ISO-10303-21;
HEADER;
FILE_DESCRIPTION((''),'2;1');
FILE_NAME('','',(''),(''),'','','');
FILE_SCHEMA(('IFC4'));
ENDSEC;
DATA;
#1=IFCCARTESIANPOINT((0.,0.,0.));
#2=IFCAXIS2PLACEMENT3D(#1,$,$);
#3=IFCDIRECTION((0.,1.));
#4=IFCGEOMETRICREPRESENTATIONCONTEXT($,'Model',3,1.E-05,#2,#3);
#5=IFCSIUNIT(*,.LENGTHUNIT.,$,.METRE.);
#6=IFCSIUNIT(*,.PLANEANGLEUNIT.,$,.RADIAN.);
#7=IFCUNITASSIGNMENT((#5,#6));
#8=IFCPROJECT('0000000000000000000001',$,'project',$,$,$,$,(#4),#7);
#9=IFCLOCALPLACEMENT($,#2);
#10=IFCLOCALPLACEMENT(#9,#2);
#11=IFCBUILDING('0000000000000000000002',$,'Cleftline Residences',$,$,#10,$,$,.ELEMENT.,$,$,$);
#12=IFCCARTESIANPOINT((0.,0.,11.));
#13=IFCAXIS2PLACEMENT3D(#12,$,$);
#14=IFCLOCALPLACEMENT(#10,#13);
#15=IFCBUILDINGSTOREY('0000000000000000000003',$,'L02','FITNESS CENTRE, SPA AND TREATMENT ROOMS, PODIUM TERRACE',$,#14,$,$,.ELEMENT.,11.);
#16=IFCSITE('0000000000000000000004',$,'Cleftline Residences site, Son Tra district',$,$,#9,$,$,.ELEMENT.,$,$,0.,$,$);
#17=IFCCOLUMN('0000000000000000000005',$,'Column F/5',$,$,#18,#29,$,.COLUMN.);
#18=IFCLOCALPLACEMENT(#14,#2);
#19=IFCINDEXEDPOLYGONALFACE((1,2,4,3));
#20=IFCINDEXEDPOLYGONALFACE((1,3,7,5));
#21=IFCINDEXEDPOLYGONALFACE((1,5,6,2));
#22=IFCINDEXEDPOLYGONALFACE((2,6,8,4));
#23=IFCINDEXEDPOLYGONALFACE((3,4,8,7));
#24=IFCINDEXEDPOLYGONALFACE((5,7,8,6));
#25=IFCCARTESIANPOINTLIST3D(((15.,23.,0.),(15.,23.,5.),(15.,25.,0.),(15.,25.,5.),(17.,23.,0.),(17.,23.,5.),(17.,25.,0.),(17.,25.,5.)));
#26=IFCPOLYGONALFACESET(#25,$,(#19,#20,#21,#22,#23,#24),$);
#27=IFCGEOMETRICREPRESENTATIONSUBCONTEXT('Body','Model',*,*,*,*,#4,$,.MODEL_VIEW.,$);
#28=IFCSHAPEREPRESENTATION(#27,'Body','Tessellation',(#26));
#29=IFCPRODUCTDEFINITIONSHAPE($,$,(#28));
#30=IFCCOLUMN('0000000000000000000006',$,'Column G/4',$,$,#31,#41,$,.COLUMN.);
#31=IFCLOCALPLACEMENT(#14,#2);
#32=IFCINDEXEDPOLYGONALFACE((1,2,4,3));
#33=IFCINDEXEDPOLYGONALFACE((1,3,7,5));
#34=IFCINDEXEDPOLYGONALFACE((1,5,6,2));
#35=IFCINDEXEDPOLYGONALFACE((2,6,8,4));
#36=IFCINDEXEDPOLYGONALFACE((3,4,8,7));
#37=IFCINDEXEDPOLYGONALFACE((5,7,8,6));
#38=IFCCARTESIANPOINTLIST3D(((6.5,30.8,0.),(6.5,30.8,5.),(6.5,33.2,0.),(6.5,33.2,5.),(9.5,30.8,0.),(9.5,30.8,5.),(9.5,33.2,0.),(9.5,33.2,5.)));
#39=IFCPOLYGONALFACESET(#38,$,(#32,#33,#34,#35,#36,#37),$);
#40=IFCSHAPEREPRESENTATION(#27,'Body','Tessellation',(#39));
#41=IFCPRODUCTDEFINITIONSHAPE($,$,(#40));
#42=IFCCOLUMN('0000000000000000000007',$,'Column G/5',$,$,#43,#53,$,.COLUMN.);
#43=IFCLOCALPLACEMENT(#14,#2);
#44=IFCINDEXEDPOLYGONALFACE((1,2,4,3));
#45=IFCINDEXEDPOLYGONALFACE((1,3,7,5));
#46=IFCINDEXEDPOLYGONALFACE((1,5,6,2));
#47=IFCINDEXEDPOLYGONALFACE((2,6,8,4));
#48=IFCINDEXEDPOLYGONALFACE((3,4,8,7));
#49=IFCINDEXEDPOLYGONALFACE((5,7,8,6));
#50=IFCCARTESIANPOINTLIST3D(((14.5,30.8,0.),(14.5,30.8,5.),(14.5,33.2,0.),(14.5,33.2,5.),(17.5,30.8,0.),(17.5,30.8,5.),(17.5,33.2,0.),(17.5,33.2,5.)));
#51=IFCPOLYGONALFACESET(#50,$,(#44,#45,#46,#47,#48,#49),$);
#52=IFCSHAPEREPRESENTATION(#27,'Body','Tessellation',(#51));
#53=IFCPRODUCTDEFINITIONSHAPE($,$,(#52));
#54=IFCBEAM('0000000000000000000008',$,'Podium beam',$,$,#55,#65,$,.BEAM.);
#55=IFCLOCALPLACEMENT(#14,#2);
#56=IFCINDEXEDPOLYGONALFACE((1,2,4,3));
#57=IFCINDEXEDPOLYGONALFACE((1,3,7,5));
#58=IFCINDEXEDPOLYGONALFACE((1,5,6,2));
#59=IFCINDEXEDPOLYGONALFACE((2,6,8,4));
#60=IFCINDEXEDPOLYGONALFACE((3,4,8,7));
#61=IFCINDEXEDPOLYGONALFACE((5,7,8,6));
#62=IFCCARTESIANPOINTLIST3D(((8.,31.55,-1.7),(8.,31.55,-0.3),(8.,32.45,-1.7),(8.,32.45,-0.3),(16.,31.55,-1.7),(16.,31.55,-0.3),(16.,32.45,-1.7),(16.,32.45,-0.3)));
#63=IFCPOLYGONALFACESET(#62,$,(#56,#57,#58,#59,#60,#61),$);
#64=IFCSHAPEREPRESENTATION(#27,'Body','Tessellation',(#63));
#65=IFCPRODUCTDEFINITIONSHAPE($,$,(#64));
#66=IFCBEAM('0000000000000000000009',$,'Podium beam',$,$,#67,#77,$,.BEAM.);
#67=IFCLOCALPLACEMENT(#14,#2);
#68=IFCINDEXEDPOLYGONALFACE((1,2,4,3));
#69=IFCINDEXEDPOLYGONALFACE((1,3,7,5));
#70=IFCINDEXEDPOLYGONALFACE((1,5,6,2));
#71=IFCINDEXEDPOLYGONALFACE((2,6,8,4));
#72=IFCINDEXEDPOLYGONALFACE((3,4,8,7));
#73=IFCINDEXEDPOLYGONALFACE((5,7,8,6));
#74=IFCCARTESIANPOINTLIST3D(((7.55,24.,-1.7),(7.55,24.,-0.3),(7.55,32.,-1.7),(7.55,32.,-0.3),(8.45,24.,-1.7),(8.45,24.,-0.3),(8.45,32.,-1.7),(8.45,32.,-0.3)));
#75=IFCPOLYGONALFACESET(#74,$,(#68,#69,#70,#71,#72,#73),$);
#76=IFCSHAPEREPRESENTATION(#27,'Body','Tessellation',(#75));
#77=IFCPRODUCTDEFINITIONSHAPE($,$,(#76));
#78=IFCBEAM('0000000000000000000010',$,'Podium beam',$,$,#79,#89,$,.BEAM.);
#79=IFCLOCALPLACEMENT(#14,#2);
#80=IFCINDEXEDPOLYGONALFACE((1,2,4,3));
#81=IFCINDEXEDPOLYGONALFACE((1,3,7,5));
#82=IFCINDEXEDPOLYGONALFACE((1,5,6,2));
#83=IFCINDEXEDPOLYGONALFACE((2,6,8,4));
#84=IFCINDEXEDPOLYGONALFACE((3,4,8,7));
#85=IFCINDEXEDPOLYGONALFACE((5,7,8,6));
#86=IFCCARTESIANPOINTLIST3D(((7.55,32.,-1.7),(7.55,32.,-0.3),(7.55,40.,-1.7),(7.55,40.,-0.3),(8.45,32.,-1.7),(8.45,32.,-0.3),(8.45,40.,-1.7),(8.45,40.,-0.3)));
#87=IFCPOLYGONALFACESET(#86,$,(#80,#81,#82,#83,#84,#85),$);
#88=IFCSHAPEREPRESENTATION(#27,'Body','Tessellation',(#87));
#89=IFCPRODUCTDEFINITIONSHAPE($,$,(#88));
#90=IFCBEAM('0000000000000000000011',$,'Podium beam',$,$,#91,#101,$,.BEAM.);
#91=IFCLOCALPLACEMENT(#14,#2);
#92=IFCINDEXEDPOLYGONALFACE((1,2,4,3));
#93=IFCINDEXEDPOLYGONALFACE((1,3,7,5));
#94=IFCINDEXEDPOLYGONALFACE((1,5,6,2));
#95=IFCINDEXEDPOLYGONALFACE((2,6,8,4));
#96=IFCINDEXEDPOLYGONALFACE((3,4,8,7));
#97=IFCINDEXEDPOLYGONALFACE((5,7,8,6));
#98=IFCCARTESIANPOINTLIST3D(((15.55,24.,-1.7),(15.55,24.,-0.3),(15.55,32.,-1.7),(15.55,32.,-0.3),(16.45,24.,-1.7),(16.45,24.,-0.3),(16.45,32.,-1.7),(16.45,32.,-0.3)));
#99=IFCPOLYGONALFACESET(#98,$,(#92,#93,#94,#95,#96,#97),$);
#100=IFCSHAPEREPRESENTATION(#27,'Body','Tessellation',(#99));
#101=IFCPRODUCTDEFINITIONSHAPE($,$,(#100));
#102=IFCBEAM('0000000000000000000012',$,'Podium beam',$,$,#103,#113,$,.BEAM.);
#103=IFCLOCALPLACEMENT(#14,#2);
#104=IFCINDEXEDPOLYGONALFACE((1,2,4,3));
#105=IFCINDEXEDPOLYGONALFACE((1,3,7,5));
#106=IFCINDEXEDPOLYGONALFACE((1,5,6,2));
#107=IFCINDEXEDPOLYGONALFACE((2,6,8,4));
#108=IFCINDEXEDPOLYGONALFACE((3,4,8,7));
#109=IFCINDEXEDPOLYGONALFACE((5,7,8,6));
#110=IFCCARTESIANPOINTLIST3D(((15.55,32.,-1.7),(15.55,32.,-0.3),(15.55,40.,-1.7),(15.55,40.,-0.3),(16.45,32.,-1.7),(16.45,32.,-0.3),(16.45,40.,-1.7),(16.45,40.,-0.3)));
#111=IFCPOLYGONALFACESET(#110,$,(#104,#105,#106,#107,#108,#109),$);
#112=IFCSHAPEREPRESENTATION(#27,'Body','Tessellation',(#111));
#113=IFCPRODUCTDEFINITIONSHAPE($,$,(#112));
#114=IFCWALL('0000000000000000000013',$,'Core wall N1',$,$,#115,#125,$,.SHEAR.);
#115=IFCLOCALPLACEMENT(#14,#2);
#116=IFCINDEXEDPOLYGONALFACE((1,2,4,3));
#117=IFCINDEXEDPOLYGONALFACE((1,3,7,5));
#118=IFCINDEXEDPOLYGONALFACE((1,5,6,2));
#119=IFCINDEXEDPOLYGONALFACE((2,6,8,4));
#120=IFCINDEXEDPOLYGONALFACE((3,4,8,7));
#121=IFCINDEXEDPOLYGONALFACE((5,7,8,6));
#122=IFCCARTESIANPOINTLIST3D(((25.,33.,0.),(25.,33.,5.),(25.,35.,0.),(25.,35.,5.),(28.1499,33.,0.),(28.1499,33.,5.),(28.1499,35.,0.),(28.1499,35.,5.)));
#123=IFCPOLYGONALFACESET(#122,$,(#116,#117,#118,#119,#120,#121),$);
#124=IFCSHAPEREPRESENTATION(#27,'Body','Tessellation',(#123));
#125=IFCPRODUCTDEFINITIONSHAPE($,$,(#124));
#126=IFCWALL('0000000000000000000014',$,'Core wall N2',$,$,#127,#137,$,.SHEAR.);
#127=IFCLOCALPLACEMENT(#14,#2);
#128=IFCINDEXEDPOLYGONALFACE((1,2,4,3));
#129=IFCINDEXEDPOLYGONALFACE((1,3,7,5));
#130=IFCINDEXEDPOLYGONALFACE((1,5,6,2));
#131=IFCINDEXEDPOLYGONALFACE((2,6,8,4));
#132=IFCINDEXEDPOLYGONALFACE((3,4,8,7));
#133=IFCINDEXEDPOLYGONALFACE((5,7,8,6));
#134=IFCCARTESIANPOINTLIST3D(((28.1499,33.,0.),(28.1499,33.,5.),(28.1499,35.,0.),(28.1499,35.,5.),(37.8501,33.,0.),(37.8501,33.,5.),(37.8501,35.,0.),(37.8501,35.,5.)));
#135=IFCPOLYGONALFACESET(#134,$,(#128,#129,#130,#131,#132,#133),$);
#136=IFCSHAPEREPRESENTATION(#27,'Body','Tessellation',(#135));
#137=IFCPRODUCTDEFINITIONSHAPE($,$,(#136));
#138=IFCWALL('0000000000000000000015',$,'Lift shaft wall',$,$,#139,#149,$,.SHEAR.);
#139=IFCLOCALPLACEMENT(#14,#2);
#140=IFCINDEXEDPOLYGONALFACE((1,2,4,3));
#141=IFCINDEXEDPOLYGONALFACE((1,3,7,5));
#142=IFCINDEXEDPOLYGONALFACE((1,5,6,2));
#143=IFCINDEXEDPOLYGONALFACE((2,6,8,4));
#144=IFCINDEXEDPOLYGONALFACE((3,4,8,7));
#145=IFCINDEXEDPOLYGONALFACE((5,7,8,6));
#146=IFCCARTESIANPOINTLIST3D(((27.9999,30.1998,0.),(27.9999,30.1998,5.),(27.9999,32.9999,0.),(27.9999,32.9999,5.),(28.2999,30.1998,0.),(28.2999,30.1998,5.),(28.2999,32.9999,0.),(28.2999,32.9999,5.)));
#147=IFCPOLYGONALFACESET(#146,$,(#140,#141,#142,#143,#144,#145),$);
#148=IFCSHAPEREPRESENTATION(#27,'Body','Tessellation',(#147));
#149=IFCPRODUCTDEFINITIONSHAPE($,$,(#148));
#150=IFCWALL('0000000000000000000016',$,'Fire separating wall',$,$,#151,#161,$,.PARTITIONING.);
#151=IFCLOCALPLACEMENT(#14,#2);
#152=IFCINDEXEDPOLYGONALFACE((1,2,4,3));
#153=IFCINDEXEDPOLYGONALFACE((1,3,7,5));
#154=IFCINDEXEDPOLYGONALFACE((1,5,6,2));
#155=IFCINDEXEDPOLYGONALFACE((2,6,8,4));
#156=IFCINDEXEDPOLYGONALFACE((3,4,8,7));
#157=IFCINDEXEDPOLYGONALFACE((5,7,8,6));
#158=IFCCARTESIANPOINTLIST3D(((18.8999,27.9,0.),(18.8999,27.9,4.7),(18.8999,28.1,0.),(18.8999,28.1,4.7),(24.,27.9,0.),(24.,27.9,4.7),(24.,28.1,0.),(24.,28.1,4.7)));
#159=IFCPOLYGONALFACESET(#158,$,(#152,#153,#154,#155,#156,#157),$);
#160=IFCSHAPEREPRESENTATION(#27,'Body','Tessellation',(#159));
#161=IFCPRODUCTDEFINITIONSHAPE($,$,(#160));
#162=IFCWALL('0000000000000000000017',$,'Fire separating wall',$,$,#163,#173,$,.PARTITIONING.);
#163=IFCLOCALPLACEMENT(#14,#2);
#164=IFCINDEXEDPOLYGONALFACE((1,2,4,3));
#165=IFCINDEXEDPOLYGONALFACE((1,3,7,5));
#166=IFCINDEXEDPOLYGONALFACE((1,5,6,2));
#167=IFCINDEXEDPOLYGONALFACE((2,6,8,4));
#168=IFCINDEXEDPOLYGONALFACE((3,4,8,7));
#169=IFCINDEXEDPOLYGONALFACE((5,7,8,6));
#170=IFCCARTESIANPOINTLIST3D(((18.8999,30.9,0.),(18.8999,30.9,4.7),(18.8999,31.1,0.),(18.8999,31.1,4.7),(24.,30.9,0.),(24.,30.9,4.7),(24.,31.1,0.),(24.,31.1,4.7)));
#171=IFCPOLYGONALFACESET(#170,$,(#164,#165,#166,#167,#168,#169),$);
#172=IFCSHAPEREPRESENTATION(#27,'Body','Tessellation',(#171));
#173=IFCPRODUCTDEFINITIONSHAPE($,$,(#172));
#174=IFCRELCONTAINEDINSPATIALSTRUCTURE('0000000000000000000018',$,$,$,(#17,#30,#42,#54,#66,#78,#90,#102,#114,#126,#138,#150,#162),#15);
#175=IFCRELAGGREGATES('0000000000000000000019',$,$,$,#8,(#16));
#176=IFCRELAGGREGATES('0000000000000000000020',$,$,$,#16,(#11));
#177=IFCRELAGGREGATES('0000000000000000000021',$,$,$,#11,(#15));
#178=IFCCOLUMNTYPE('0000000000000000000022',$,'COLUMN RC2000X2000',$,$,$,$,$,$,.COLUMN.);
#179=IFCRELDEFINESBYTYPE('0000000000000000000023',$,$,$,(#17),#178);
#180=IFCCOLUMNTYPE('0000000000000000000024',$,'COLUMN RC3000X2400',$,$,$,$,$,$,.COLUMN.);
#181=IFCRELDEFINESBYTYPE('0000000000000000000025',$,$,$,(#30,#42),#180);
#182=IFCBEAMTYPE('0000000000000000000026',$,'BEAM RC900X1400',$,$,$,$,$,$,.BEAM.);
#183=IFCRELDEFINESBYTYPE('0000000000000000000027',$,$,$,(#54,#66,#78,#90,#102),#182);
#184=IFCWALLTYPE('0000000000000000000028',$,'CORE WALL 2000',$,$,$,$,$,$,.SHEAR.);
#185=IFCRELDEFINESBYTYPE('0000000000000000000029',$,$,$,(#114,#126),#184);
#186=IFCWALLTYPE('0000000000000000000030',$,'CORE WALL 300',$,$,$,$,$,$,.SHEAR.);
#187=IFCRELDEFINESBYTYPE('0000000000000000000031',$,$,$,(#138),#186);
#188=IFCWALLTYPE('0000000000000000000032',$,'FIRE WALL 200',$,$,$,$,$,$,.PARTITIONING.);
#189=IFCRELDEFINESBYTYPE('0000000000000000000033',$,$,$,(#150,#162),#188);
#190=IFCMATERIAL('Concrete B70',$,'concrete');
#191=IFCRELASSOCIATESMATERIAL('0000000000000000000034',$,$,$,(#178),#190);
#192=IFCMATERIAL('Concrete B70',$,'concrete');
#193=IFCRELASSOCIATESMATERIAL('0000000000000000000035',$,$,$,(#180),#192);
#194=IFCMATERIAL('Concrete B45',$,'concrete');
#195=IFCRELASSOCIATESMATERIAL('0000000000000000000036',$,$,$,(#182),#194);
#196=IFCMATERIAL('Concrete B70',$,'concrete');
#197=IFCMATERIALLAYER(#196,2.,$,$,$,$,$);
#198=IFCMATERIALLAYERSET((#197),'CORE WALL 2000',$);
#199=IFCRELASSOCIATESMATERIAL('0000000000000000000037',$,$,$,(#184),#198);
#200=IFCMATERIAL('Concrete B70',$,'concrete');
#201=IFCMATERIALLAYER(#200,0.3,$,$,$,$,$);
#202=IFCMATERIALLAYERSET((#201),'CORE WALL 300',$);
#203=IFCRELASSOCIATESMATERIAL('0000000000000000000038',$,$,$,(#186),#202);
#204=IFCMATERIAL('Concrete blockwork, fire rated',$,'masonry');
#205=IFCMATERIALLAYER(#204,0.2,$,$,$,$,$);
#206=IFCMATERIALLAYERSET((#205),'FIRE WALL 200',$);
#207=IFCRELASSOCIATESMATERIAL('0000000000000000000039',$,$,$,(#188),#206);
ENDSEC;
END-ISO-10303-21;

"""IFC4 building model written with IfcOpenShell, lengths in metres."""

from ifc_helpers import new_model, si_unit, direction, frame, frame_2d, origin, origin_2d, place, context, subcontext, project, spatial, rectangle, extrude, material, layer, layer_set, material_profile, profile_set, type_object, element, save


model = new_model("IFC4")

# Units and contexts
model_context = context("Model", 3, precision=1e-05, world=origin(), true_north=direction((0.0, 1.0)))
body_context = subcontext(model_context, "Body", "Model", "MODEL_VIEW")
ifc_project = project(units=[si_unit("LENGTHUNIT", "METRE"), si_unit("PLANEANGLEUNIT", "RADIAN")], contexts=[model_context])

# Site, building, storey
site_placement = place(None, origin())
site = spatial("IfcSite", under=ifc_project, at=site_placement, Name="Cleftline Residences site, Son Tra district", CompositionType="ELEMENT", RefElevation=0.0)
building_placement = place(site_placement, origin())
building = spatial("IfcBuilding", under=site, at=building_placement, Name="Cleftline Residences", CompositionType="ELEMENT")
storey_placement = place(building_placement, frame((0.0, 0.0, 11.0)))
storey = spatial("IfcBuildingStorey", under=building, at=storey_placement, Name="L02", Description="FITNESS CENTRE, SPA AND TREATMENT ROOMS, PODIUM TERRACE", CompositionType="ELEMENT", Elevation=11.0)

# Columns
ifc_material_1 = material(Name="Concrete B70", Category="concrete")
ifc_material_profile_1 = material_profile(ifc_material_1, rectangle(XDim=2.0, YDim=2.0, at=origin_2d()))
ifc_profile_set_1 = profile_set([ifc_material_profile_1], Name="Concrete B70")
column_type_1 = type_object("IfcColumnType", Name="COLUMN RC2000X2000", PredefinedType="COLUMN", material=ifc_profile_set_1)
column_placement = place(storey_placement, frame((16.0, 24.0, 0.0), z_axis=(0.0, 0.0, 1.0), x_axis=(1.0, 0.0, 0.0)))
element("IfcColumn", 1, at=column_placement, inside=storey, type_object=column_type_1, Name="Column F/5", PredefinedType="COLUMN", context=body_context, shape_type="SweptSolid", body=[
    extrude(rectangle(XDim=2.0, YDim=2.0, at=origin_2d()), origin(), (0.0, 0.0, 1.0), 5.0),
])
ifc_material_2 = material(Name="Concrete B70", Category="concrete")
ifc_material_profile_2 = material_profile(ifc_material_2, rectangle(XDim=3.0, YDim=2.3999, at=origin_2d()))
ifc_profile_set_2 = profile_set([ifc_material_profile_2], Name="Concrete B70")
column_type_2 = type_object("IfcColumnType", Name="COLUMN RC3000X2400", PredefinedType="COLUMN", material=ifc_profile_set_2)
for number, where, z_axis, x_axis, name in (
    (2, (8.0, 32.0, 0.0), (0.0, 0.0, 1.0), (1.0, 0.0, 0.0), "Column G/4"),
    (3, (16.0, 32.0, 0.0), (0.0, 0.0, 1.0), (1.0, 0.0, 0.0), "Column G/5"),
):
    element("IfcColumn", number, at=place(storey_placement, frame(where, z_axis=z_axis, x_axis=x_axis)), inside=storey, type_object=column_type_2, Name=name, PredefinedType="COLUMN", context=body_context, shape_type="SweptSolid", body=[
        extrude(rectangle(XDim=3.0, YDim=2.3999, at=origin_2d()), origin(), (0.0, 0.0, 1.0), 5.0),
    ])

# Beams
ifc_material_3 = material(Name="Concrete B45", Category="concrete")
ifc_material_profile_3 = material_profile(ifc_material_3, rectangle(XDim=0.8999, YDim=1.3999, at=origin_2d()))
ifc_profile_set_3 = profile_set([ifc_material_profile_3], Name="Concrete B45")
beam_type = type_object("IfcBeamType", Name="BEAM RC900X1400", PredefinedType="BEAM", material=ifc_profile_set_3)
for number, where, z_axis, x_axis, name in (
    (4, (8.0, 32.0, -1.0), (1.0, 0.0, 0.0), (0.0, 1.0, 0.0), "Podium beam"),
    (5, (8.0, 24.0, -1.0), (0.0, 1.0, 0.0), (-1.0, 0.0, 0.0), "Podium beam"),
    (6, (8.0, 32.0, -1.0), (0.0, 1.0, 0.0), (-1.0, 0.0, 0.0), "Podium beam"),
    (7, (16.0, 24.0, -1.0), (0.0, 1.0, 0.0), (-1.0, 0.0, 0.0), "Podium beam"),
    (8, (16.0, 32.0, -1.0), (0.0, 1.0, 0.0), (-1.0, 0.0, 0.0), "Podium beam"),
):
    element("IfcBeam", number, at=place(storey_placement, frame(where, z_axis=z_axis, x_axis=x_axis)), inside=storey, type_object=beam_type, Name=name, PredefinedType="BEAM", context=body_context, shape_type="SweptSolid", body=[
        extrude(rectangle(XDim=0.8999, YDim=1.3999, at=origin_2d()), origin(), (0.0, 0.0, 1.0), 8.0),
    ])

# Walls
ifc_material_4 = material(Name="Concrete B70", Category="concrete")
ifc_layer_1 = layer(ifc_material_4, 2.0)
ifc_layer_set_1 = layer_set([ifc_layer_1], Name="CORE WALL 2000")
wall_type_1 = type_object("IfcWallType", Name="CORE WALL 2000", PredefinedType="SHEAR", material=ifc_layer_set_1)
wall_1_placement = place(storey_placement, frame((25.0, 34.0, 0.0), z_axis=(0.0, 0.0, 1.0), x_axis=(1.0, 0.0, 0.0)))
element("IfcWall", 9, at=wall_1_placement, inside=storey, type_object=wall_type_1, Name="Core wall N1", PredefinedType="SHEAR", context=body_context, shape_type="SweptSolid", body=[
    extrude(rectangle(XDim=3.1499, YDim=2.0, at=frame_2d((1.575, 0.0))), origin(), (0.0, 0.0, 1.0), 5.0),
])
wall_2_placement = place(storey_placement, frame((28.1499, 34.0, 0.0), z_axis=(0.0, 0.0, 1.0), x_axis=(1.0, 0.0, 0.0)))
element("IfcWall", 10, at=wall_2_placement, inside=storey, type_object=wall_type_1, Name="Core wall N2", PredefinedType="SHEAR", context=body_context, shape_type="SweptSolid", body=[
    extrude(rectangle(XDim=9.7002, YDim=2.0, at=frame_2d((4.8501, 0.0))), origin(), (0.0, 0.0, 1.0), 5.0),
])
ifc_material_5 = material(Name="Concrete B70", Category="concrete")
ifc_layer_2 = layer(ifc_material_5, 0.3)
ifc_layer_set_2 = layer_set([ifc_layer_2], Name="CORE WALL 300")
wall_type_2 = type_object("IfcWallType", Name="CORE WALL 300", PredefinedType="SHEAR", material=ifc_layer_set_2)
wall_3_placement = place(storey_placement, frame((28.1499, 30.2, 0.0), z_axis=(0.0, 0.0, 1.0), x_axis=(0.0, 1.0, 0.0)))
element("IfcWall", 11, at=wall_3_placement, inside=storey, type_object=wall_type_2, Name="Lift shaft wall", PredefinedType="SHEAR", context=body_context, shape_type="SweptSolid", body=[
    extrude(rectangle(XDim=2.8, YDim=0.3, at=frame_2d((1.3999, 0.0))), origin(), (0.0, 0.0, 1.0), 5.0),
])
ifc_material_6 = material(Name="Concrete blockwork, fire rated", Category="masonry")
ifc_layer_3 = layer(ifc_material_6, 0.2)
ifc_layer_set_3 = layer_set([ifc_layer_3], Name="FIRE WALL 200")
wall_type_3 = type_object("IfcWallType", Name="FIRE WALL 200", PredefinedType="PARTITIONING", material=ifc_layer_set_3)
for number, where, z_axis, x_axis, name in (
    (12, (18.8999, 28.0, 0.0), (0.0, 0.0, 1.0), (1.0, 0.0, 0.0), "Fire separating wall"),
    (13, (18.8999, 31.0, 0.0), (0.0, 0.0, 1.0), (1.0, 0.0, 0.0), "Fire separating wall"),
):
    element("IfcWall", number, at=place(storey_placement, frame(where, z_axis=z_axis, x_axis=x_axis)), inside=storey, type_object=wall_type_3, Name=name, PredefinedType="PARTITIONING", context=body_context, shape_type="SweptSolid", body=[
        extrude(rectangle(XDim=5.1001, YDim=0.2, at=frame_2d((2.55, 0.0))), origin(), (0.0, 0.0, 1.0), 4.7),
    ])

save(model, "model.ifc")
